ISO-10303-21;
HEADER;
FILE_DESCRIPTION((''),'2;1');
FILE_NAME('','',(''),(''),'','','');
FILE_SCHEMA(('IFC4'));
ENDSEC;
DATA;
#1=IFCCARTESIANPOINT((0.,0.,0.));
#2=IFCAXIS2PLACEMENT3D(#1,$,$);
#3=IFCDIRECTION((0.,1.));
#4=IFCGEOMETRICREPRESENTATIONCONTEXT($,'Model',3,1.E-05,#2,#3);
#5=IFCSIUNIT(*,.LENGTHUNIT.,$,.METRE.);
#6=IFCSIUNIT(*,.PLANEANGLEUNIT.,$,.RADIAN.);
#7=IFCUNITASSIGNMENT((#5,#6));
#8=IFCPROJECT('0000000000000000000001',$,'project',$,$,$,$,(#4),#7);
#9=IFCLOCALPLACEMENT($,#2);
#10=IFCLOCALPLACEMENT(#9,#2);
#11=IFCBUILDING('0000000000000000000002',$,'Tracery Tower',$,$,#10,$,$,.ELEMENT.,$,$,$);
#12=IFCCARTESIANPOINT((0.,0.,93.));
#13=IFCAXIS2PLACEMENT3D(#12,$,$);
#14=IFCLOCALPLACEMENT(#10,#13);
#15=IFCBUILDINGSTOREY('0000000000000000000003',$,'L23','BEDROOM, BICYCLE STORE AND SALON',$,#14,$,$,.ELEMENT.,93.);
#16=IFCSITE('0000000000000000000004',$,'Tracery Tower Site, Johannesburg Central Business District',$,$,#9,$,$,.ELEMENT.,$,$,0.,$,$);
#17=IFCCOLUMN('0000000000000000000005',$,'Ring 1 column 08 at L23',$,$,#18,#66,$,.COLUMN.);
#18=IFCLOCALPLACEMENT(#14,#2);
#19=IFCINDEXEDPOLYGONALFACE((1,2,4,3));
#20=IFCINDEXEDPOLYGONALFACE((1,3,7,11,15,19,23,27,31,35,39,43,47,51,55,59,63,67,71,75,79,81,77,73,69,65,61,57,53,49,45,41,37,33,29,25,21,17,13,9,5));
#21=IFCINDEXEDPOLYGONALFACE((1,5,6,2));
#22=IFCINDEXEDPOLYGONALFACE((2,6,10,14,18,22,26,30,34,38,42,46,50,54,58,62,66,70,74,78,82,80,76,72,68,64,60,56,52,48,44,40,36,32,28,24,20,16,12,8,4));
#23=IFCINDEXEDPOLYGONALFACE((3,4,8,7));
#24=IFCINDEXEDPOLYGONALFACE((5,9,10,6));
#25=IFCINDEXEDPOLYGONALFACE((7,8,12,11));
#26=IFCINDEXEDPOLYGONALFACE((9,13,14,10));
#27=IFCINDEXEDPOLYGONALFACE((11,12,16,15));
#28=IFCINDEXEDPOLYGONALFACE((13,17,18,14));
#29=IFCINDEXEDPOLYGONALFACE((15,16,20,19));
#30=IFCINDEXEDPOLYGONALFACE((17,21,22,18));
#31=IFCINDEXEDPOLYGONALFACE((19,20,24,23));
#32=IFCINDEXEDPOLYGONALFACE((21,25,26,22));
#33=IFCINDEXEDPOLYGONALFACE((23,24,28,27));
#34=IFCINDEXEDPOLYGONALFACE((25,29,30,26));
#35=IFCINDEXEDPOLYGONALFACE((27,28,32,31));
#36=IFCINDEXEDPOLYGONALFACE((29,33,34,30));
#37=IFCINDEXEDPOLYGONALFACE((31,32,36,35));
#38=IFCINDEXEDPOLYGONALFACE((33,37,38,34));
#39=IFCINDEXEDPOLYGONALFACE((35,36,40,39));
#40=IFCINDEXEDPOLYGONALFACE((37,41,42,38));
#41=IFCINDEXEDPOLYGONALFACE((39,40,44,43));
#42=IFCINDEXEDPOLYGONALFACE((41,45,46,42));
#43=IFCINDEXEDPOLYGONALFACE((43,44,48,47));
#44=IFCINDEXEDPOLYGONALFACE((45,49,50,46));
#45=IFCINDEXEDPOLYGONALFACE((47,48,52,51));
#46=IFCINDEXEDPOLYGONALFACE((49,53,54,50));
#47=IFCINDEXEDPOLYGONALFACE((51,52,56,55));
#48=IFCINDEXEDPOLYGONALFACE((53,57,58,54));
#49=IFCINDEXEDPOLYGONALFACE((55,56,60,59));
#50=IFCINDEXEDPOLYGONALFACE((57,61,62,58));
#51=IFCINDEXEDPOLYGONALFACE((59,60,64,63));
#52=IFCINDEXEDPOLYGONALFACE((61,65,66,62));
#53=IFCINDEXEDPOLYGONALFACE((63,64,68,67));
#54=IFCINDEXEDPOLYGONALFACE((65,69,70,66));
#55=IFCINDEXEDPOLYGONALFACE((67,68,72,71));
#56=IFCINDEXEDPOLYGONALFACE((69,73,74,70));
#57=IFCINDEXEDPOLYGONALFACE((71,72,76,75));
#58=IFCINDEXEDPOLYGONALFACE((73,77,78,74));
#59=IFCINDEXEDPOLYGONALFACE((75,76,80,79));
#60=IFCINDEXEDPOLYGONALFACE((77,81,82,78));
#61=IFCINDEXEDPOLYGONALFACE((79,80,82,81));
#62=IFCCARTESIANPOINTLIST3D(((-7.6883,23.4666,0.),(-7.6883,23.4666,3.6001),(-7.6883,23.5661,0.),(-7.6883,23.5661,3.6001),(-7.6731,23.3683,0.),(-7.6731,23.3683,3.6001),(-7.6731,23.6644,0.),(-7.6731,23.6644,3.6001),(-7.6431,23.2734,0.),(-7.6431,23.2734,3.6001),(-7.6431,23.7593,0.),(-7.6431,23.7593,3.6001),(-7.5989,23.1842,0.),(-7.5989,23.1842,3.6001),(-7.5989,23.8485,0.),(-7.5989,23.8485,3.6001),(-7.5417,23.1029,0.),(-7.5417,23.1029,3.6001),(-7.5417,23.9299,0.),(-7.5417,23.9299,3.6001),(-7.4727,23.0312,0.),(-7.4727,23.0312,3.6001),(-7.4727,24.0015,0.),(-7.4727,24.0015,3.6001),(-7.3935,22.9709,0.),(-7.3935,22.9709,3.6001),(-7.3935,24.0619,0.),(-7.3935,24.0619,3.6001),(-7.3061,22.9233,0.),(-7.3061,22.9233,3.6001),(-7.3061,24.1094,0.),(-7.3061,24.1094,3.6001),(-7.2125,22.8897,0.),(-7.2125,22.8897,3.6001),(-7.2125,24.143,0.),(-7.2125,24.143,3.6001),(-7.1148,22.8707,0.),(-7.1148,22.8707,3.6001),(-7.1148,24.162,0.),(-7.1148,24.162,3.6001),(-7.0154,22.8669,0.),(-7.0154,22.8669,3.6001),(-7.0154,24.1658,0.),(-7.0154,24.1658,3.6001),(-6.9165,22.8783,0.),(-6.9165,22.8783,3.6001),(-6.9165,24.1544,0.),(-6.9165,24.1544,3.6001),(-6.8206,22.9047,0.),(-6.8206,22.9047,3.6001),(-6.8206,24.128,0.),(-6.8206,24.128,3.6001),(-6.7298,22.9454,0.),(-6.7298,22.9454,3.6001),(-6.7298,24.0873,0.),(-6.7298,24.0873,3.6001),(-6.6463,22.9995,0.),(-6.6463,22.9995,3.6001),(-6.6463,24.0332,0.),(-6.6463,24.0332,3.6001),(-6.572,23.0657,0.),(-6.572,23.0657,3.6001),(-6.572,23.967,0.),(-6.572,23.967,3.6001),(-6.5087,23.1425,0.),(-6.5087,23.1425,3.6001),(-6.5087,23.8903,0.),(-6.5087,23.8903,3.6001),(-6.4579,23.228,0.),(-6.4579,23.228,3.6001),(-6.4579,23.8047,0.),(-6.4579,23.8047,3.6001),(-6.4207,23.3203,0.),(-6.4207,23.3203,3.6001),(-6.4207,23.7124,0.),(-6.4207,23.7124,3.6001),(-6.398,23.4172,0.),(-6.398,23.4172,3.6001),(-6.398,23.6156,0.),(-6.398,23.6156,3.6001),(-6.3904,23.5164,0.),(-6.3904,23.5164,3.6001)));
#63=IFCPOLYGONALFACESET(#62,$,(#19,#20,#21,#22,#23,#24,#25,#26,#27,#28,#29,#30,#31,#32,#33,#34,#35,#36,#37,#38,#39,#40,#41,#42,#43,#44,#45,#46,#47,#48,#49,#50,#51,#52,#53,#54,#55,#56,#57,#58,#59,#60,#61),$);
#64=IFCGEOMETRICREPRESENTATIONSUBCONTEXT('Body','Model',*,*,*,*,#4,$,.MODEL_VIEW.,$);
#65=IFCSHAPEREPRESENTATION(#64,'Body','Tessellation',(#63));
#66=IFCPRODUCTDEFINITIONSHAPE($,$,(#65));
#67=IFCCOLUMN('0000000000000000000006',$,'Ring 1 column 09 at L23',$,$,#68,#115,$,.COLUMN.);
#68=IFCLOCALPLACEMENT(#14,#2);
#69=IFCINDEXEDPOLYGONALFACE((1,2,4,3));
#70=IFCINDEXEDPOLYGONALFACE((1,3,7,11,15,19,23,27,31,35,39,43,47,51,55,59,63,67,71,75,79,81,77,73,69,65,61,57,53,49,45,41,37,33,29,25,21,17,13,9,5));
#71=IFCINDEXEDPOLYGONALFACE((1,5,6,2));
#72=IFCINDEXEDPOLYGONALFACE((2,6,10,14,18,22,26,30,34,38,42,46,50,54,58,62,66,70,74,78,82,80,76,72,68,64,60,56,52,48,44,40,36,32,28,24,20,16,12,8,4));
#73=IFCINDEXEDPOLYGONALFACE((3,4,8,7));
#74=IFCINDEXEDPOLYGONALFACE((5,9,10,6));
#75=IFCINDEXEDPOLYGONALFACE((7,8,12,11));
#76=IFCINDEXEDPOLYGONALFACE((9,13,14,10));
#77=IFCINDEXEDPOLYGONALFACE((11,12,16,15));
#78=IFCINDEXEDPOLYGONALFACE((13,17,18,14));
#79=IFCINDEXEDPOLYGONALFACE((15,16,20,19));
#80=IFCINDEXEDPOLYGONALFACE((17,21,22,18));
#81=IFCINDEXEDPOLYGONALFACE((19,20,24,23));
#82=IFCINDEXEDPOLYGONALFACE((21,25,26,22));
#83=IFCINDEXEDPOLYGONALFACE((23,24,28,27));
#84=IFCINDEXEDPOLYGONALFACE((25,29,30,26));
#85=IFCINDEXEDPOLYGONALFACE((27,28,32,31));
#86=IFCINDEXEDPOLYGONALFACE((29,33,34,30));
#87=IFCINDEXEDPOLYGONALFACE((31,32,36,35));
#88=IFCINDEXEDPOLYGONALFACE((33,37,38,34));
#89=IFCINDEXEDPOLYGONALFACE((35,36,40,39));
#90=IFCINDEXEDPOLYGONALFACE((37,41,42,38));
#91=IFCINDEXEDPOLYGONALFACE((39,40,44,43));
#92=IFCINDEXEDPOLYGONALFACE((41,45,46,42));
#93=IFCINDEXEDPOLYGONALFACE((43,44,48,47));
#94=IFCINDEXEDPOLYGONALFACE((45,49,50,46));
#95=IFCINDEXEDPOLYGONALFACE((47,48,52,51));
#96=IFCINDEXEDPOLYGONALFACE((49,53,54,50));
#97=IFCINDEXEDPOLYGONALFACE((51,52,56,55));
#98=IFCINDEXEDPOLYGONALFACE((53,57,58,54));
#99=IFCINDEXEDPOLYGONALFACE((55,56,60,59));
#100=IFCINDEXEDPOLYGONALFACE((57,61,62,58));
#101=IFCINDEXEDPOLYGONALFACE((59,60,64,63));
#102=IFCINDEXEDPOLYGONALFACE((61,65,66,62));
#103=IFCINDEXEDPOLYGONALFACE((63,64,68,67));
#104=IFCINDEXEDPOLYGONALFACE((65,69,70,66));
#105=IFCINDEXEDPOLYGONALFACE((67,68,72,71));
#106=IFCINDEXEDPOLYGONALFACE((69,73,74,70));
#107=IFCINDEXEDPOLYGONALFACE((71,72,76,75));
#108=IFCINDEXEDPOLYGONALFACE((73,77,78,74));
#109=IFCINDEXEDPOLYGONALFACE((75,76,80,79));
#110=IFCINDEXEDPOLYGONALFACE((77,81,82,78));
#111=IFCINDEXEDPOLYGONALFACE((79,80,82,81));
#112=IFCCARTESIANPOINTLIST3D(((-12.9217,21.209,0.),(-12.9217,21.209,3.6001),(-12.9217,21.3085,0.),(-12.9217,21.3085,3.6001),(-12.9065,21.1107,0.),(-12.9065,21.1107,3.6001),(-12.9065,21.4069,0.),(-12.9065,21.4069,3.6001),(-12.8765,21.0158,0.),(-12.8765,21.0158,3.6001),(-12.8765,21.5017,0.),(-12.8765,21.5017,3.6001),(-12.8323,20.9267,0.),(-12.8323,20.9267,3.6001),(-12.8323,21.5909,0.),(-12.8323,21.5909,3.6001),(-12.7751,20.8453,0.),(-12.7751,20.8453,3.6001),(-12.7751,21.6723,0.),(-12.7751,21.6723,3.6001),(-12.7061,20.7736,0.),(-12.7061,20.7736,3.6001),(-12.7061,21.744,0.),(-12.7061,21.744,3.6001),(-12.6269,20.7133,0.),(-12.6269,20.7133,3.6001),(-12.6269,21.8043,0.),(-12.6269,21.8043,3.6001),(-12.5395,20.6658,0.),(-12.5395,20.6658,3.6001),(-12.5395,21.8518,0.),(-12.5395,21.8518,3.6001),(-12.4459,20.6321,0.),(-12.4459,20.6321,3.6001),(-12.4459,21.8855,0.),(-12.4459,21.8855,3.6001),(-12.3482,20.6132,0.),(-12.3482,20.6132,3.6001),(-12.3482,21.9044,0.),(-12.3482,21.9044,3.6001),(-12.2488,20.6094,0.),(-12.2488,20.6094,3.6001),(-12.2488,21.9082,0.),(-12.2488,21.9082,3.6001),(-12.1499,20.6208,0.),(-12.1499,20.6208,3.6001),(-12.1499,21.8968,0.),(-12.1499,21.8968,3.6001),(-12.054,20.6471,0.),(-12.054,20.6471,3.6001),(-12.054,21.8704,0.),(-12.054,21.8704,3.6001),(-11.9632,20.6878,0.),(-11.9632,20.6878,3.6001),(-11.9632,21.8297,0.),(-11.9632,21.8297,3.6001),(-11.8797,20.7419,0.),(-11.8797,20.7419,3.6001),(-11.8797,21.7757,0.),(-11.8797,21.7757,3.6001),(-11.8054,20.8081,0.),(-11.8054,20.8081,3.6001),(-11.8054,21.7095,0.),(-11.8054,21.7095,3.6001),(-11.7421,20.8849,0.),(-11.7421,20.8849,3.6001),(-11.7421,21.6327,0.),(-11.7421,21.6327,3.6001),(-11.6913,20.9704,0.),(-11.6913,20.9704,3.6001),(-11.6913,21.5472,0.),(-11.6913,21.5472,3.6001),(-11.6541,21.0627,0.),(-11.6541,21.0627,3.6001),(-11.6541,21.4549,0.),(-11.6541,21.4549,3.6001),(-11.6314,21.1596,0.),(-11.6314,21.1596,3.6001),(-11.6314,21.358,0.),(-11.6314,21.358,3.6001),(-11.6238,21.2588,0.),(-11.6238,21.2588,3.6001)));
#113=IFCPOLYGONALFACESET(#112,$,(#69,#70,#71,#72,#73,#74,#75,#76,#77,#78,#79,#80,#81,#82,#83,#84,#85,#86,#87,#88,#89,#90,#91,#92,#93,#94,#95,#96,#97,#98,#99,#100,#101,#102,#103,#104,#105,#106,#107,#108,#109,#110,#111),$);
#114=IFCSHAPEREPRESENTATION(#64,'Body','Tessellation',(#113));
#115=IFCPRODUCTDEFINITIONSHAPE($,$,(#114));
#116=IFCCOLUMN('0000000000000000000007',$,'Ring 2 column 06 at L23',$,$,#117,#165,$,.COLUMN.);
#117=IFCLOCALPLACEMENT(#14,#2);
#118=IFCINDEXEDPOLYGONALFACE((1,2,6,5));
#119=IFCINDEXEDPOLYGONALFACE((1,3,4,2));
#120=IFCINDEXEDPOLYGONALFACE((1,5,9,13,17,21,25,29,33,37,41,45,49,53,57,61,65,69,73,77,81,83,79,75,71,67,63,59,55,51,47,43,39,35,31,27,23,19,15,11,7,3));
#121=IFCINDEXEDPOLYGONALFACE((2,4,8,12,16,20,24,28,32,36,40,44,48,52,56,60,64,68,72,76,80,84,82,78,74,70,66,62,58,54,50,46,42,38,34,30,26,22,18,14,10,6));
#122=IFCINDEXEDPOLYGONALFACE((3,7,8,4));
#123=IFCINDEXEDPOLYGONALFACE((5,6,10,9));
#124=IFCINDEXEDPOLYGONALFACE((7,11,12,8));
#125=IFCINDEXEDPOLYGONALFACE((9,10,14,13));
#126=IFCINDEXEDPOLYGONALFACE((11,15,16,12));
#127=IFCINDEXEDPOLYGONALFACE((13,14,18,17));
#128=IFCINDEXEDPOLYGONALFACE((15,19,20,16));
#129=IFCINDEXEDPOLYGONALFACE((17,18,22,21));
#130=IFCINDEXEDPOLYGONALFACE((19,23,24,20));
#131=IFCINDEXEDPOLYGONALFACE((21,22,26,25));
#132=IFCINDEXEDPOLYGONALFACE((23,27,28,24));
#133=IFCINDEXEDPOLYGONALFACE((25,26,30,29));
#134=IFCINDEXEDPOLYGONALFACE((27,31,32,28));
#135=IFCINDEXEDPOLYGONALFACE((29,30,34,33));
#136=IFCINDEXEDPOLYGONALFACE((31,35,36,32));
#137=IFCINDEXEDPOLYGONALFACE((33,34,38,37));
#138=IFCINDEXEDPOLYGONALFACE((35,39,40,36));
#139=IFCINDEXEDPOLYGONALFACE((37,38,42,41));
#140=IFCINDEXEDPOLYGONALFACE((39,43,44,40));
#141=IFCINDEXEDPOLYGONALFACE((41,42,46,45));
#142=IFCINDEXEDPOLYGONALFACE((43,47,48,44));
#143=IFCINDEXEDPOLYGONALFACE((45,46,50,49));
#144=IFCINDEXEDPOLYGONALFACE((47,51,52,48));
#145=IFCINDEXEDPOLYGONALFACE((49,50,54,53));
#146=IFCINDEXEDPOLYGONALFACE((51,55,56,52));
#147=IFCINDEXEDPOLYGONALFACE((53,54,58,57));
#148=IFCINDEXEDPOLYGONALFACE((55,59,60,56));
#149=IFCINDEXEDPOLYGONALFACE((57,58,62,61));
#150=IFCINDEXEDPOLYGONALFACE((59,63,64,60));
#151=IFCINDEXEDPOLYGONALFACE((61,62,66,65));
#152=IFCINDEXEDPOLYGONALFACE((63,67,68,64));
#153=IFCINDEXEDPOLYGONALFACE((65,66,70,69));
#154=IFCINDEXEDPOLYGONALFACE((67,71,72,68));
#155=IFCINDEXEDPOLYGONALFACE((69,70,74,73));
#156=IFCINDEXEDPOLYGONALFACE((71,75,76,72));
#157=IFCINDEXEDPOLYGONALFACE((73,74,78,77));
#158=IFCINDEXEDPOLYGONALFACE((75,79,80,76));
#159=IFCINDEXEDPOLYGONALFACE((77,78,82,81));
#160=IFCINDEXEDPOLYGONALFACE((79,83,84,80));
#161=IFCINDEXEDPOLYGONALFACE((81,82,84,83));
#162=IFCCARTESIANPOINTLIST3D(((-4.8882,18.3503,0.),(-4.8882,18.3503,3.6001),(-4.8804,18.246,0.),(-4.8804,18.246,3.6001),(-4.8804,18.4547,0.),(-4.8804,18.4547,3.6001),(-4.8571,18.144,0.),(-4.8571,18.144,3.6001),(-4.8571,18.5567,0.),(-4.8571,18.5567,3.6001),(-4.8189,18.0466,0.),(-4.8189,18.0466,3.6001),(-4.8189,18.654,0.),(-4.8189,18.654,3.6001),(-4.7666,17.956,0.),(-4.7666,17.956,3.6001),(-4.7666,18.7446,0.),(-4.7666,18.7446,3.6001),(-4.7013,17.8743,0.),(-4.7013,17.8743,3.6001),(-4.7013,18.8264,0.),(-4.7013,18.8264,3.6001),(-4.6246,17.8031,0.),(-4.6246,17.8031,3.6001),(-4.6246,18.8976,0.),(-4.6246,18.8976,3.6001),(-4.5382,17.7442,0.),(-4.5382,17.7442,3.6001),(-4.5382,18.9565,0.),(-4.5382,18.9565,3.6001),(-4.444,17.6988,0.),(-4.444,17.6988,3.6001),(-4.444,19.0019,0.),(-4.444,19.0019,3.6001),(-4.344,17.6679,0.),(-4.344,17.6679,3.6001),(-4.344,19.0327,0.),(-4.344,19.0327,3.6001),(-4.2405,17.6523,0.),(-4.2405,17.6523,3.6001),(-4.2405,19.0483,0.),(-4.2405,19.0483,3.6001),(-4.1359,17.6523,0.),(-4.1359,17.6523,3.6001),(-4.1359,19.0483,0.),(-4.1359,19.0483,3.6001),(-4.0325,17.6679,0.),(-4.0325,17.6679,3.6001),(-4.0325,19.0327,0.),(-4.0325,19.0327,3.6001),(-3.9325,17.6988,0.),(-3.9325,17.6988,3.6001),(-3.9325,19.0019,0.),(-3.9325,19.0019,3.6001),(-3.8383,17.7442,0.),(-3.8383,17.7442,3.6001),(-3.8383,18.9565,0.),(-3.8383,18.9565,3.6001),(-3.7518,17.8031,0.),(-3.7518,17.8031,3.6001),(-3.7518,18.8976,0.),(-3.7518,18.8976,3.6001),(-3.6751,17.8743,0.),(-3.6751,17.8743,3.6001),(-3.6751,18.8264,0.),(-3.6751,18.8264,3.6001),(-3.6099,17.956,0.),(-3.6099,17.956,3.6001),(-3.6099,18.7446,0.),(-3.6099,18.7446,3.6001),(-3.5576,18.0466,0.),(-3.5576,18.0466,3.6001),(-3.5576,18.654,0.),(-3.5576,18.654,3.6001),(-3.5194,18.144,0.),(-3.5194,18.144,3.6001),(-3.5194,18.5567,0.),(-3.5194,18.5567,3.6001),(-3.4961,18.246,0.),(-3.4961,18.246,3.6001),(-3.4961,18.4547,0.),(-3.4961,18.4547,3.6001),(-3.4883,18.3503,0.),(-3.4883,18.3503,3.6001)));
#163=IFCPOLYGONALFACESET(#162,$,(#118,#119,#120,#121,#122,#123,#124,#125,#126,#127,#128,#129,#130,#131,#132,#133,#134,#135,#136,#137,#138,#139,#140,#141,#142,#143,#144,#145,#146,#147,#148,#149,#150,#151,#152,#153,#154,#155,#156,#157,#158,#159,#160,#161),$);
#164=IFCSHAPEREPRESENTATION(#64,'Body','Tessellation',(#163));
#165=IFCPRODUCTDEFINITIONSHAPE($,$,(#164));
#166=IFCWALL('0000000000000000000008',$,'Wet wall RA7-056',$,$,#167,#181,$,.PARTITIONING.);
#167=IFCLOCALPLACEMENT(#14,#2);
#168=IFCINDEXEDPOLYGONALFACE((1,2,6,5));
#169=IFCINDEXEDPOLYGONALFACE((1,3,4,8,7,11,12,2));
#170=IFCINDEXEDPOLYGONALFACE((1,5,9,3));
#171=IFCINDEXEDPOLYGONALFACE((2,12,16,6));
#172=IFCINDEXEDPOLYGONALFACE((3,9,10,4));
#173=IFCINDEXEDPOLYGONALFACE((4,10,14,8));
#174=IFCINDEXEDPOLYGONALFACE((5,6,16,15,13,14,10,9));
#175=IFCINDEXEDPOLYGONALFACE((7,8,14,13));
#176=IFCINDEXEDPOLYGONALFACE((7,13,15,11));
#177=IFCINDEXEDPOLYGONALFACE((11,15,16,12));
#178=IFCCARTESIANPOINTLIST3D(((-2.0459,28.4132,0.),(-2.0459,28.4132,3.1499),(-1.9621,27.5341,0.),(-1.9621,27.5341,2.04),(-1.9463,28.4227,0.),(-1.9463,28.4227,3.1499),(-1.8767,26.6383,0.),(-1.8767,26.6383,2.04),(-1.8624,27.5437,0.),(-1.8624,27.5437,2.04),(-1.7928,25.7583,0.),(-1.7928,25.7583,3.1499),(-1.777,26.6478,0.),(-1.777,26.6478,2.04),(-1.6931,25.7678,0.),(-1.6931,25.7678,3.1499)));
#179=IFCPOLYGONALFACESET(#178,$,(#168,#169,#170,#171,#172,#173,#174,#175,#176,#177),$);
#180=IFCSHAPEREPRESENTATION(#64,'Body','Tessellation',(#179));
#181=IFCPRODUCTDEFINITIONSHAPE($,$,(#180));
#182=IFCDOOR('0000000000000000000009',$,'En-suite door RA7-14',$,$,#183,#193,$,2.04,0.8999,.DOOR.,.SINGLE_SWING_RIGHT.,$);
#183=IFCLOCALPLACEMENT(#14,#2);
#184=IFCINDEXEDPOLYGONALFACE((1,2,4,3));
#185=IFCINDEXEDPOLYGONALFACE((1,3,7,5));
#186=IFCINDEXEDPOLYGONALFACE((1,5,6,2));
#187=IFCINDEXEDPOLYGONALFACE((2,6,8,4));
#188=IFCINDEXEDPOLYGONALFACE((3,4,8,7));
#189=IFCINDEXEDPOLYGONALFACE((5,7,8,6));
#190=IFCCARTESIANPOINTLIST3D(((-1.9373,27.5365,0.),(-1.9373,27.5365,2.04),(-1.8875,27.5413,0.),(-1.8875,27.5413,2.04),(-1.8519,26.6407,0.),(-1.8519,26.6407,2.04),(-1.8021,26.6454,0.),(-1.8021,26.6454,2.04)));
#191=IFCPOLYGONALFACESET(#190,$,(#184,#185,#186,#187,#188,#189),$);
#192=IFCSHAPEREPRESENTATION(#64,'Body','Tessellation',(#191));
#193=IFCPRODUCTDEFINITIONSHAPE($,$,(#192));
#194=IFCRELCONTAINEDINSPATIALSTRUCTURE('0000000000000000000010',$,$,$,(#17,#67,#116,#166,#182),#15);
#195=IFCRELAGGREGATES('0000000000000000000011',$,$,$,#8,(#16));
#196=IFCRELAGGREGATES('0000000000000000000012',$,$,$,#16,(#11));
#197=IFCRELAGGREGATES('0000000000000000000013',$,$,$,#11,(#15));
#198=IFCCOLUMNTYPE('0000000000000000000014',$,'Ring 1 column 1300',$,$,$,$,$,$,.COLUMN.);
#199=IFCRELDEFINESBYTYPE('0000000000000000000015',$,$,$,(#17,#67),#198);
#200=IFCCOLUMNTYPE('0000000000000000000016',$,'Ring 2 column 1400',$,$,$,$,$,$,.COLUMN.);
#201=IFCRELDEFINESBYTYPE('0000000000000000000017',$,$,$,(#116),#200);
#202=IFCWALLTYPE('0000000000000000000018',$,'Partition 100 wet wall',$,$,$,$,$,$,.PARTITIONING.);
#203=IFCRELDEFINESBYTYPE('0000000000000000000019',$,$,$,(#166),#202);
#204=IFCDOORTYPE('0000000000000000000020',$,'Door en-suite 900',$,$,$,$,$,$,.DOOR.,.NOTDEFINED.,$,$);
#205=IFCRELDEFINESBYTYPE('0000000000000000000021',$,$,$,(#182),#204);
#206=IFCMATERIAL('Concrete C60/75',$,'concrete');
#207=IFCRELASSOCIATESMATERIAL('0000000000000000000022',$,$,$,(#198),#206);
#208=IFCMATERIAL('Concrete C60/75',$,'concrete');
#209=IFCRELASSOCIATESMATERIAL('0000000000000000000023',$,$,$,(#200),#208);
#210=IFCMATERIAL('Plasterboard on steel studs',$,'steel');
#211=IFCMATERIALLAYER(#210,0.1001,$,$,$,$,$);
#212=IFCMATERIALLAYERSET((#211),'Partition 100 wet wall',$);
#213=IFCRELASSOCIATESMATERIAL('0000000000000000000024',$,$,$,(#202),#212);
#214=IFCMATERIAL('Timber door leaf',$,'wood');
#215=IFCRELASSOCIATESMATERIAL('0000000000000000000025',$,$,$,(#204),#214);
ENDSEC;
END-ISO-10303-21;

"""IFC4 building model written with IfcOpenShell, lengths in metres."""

from ifc_helpers import new_model, si_unit, direction, frame, frame_2d, origin, origin_2d, place, context, subcontext, project, spatial, rectangle, circle, extrude, material, layer, layer_set, material_profile, profile_set, type_object, element, fill, save


model = new_model("IFC4")

# Units and contexts
model_context = context("Model", 3, precision=1e-05, world=origin(), true_north=direction((0.0, 1.0)))
body_context = subcontext(model_context, "Body", "Model", "MODEL_VIEW")
ifc_project = project(units=[si_unit("LENGTHUNIT", "METRE"), si_unit("PLANEANGLEUNIT", "RADIAN")], contexts=[model_context])

# Site, building, storey
site_placement = place(None, origin())
site = spatial("IfcSite", under=ifc_project, at=site_placement, Name="Tracery Tower Site, Johannesburg Central Business District", CompositionType="ELEMENT", RefElevation=0.0)
building_placement = place(site_placement, origin())
building = spatial("IfcBuilding", under=site, at=building_placement, Name="Tracery Tower", CompositionType="ELEMENT")
storey_placement = place(building_placement, frame((0.0, 0.0, 93.0)))
storey = spatial("IfcBuildingStorey", under=building, at=storey_placement, Name="L23", Description="BEDROOM, BICYCLE STORE AND SALON", CompositionType="ELEMENT", Elevation=93.0)

# Columns
ifc_material_1 = material(Name="Concrete C60/75", Category="concrete")
ifc_material_profile_1 = material_profile(ifc_material_1, circle(Radius=0.6499, at=origin_2d()), Name="RC D1300")
ifc_profile_set_1 = profile_set([ifc_material_profile_1], Name="Concrete C60/75")
column_type_1 = type_object("IfcColumnType", Name="Ring 1 column 1300", PredefinedType="COLUMN", material=ifc_profile_set_1)
for number, where, z_axis, x_axis, name in (
    (1, (-7.0403, 23.5164, 0.0), (0.0, 0.0, 1.0), (1.0, 0.0, 0.0), "Ring 1 column 08 at L23"),
    (2, (-12.2737, 21.2588, 0.0), (0.0, 0.0, 1.0), (1.0, 0.0, 0.0), "Ring 1 column 09 at L23"),
):
    element("IfcColumn", number, at=place(storey_placement, frame(where, z_axis=z_axis, x_axis=x_axis)), inside=storey, type_object=column_type_1, Name=name, PredefinedType="COLUMN", context=body_context, shape_type="SweptSolid", body=[
        extrude(circle(Radius=0.6499, at=origin_2d()), origin(), (0.0, 0.0, 1.0), 3.6001),
    ])
ifc_material_2 = material(Name="Concrete C60/75", Category="concrete")
ifc_material_profile_2 = material_profile(ifc_material_2, circle(Radius=0.7, at=origin_2d()), Name="RC D1400")
ifc_profile_set_2 = profile_set([ifc_material_profile_2], Name="Concrete C60/75")
column_type_2 = type_object("IfcColumnType", Name="Ring 2 column 1400", PredefinedType="COLUMN", material=ifc_profile_set_2)
column_placement = place(storey_placement, frame((-4.1882, 18.3503, 0.0), z_axis=(0.0, 0.0, 1.0), x_axis=(1.0, 0.0, 0.0)))
element("IfcColumn", 3, at=column_placement, inside=storey, type_object=column_type_2, Name="Ring 2 column 06 at L23", PredefinedType="COLUMN", context=body_context, shape_type="SweptSolid", body=[
    extrude(circle(Radius=0.7, at=origin_2d()), origin(), (0.0, 0.0, 1.0), 3.6001),
])

# Wall, opening, door
ifc_material_3 = material(Name="Plasterboard on steel studs", Category="steel")
ifc_layer_1 = layer(ifc_material_3, 0.1001)
ifc_layer_set_1 = layer_set([ifc_layer_1], Name="Partition 100 wet wall")
wall_type_1 = type_object("IfcWallType", Name="Partition 100 wet wall", PredefinedType="PARTITIONING", material=ifc_layer_set_1)
wall_1_placement = place(storey_placement, frame((-1.9961, 28.418, 0.0), z_axis=(0.0, 0.0, 1.0), x_axis=(0.094926, -0.995484, 0.0)))
wall_1 = element("IfcWall", 4, at=wall_1_placement, inside=storey, type_object=wall_type_1, Name="Wet wall RA7-056", PredefinedType="PARTITIONING", context=body_context, shape_type="SweptSolid", body=[
    extrude(rectangle(XDim=2.667, YDim=0.1001, at=frame_2d((1.3335, 0.0))), origin(), (0.0, 0.0, 1.0), 3.1499),
])
opening_1_placement = place(wall_1_placement, frame((0.8831, 0.0, 0.0)))
opening_1 = element("IfcOpeningElement", 5, at=opening_1_placement, cuts=wall_1, PredefinedType="OPENING", context=body_context, shape_type="SweptSolid", body=[
    extrude(rectangle(XDim=0.8999, YDim=2.04, at=frame_2d((0.45, 1.02))), frame((0.0, 0.05, 0.0), z_axis=(0.0, -1.0, 0.0), x_axis=(1.0, 0.0, 0.0)), (0.0, 0.0, 1.0), 0.1001),
])
ifc_material_4 = material(Name="Timber door leaf", Category="wood")
door_type_1 = type_object("IfcDoorType", Name="Door en-suite 900", OperationType="NOTDEFINED", PredefinedType="DOOR", material=ifc_material_4)
door_1_placement = place(opening_1_placement, origin())
door_1 = element("IfcDoor", 6, at=door_1_placement, inside=storey, type_object=door_type_1, Name="En-suite door RA7-14", OperationType="SINGLE_SWING_RIGHT", OverallHeight=2.04, OverallWidth=0.8999, PredefinedType="DOOR", context=body_context, shape_type="SweptSolid", body=[
    extrude(rectangle(XDim=0.8999, YDim=2.04, at=frame_2d((0.45, 1.02))), frame((0.0, 0.0249, 0.0), z_axis=(0.0, -1.0, 0.0), x_axis=(1.0, 0.0, 0.0)), (0.0, 0.0, 1.0), 0.05),
])
fill(opening_1, door_1)

save(model, "model.ifc")
